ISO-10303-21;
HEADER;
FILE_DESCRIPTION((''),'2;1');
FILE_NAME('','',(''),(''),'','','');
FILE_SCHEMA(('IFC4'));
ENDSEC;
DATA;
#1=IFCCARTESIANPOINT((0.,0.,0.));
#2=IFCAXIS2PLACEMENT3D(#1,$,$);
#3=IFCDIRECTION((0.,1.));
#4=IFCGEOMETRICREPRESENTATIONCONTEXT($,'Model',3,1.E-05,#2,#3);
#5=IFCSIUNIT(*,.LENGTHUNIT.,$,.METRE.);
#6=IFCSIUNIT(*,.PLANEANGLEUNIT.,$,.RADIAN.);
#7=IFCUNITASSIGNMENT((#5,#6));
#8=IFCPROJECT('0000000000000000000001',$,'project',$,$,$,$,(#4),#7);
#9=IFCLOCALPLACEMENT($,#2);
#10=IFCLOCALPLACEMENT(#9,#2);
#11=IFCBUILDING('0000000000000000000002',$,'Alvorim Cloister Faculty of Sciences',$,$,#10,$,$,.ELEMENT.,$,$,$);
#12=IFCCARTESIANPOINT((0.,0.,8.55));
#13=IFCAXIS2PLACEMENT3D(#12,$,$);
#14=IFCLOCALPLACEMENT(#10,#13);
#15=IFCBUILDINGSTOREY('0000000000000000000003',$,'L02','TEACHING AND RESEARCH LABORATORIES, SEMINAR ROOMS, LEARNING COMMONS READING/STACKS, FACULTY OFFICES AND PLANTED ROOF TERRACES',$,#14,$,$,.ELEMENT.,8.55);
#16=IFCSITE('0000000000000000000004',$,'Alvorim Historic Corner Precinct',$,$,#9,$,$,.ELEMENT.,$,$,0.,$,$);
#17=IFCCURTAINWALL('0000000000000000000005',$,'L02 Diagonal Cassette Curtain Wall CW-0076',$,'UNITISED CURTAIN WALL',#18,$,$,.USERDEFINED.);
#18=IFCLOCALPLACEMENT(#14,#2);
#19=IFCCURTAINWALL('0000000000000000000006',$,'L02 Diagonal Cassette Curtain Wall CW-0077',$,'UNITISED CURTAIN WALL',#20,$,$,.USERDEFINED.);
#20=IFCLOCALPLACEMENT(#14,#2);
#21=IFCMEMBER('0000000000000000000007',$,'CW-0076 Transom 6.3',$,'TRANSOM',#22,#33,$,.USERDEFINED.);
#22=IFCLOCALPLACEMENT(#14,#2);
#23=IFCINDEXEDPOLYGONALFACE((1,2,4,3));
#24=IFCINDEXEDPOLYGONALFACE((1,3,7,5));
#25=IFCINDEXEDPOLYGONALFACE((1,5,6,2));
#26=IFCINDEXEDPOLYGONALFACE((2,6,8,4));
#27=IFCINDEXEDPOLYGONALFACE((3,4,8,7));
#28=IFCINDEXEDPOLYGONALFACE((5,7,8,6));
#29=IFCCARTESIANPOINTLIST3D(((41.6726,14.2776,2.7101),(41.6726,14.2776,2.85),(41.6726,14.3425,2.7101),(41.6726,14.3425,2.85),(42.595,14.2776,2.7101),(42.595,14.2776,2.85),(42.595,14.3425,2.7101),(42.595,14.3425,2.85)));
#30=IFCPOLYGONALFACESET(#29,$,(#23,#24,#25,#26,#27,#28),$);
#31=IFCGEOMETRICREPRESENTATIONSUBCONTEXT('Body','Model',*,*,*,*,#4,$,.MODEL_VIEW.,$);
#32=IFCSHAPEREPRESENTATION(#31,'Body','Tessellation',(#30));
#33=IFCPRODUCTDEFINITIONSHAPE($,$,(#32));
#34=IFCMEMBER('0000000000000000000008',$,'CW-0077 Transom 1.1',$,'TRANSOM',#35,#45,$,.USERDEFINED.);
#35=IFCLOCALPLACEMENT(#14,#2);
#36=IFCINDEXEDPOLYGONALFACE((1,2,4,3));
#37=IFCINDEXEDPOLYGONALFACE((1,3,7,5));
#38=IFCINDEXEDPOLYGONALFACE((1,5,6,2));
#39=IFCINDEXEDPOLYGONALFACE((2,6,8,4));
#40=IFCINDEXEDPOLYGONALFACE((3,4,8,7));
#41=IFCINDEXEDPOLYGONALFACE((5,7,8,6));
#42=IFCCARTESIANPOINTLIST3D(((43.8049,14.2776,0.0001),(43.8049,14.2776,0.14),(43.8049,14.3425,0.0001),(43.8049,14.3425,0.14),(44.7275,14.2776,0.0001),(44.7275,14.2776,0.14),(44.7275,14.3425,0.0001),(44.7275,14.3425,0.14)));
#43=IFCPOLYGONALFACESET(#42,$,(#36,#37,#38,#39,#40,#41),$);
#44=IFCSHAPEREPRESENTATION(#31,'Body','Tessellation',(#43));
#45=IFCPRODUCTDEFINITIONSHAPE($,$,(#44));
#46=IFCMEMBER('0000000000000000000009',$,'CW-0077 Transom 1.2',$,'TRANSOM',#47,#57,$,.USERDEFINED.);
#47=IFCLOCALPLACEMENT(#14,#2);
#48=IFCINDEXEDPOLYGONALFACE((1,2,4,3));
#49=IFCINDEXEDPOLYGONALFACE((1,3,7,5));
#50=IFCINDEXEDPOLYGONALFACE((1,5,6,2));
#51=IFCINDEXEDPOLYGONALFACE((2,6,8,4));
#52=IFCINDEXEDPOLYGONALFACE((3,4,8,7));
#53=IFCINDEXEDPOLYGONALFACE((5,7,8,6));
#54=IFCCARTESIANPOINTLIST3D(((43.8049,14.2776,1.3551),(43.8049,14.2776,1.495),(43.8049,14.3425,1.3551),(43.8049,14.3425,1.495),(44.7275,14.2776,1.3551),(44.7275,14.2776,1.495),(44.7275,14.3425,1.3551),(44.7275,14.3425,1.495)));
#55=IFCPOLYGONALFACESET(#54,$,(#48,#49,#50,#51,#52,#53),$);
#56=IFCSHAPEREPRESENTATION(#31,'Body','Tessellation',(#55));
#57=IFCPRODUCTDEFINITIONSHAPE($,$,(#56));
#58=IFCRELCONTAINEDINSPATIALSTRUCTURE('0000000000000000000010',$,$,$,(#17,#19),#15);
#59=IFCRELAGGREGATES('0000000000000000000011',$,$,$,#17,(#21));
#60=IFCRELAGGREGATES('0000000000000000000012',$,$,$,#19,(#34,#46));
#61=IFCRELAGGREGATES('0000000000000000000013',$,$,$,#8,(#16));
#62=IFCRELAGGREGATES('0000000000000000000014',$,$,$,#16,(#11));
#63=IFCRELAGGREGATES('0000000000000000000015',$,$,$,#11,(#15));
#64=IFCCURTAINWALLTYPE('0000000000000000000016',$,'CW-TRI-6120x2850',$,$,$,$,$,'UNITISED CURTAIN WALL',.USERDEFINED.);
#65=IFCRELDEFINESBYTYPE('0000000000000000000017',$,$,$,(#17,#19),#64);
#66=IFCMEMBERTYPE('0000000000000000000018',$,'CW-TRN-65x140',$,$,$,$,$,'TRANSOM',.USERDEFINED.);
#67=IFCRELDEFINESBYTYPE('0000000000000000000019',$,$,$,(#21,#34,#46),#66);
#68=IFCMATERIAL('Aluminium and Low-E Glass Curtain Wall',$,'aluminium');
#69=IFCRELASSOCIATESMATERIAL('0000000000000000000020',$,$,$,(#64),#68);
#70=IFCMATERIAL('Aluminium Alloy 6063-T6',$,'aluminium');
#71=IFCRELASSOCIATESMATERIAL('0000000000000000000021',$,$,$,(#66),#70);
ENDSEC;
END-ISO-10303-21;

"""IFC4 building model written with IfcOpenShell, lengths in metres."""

from ifc_helpers import new_model, si_unit, direction, frame, origin, origin_2d, place, context, subcontext, project, spatial, rectangle, extrude, material, material_profile, profile_set, type_object, element, aggregate, save


model = new_model("IFC4")

# Units and contexts
model_context = context("Model", 3, precision=1e-05, world=origin(), true_north=direction((0.0, 1.0)))
body_context = subcontext(model_context, "Body", "Model", "MODEL_VIEW")
ifc_project = project(units=[si_unit("LENGTHUNIT", "METRE"), si_unit("PLANEANGLEUNIT", "RADIAN")], contexts=[model_context])

# Site, building, storey
site_placement = place(None, origin())
site = spatial("IfcSite", under=ifc_project, at=site_placement, Name="Alvorim Historic Corner Precinct", CompositionType="ELEMENT", RefElevation=0.0)
building_placement = place(site_placement, origin())
building = spatial("IfcBuilding", under=site, at=building_placement, Name="Alvorim Cloister Faculty of Sciences", CompositionType="ELEMENT")
storey_placement = place(building_placement, frame((0.0, 0.0, 8.55)))
storey = spatial("IfcBuildingStorey", under=building, at=storey_placement, Name="L02", Description="TEACHING AND RESEARCH LABORATORIES, SEMINAR ROOMS, LEARNING COMMONS READING/STACKS, FACULTY OFFICES AND PLANTED ROOF TERRACES", CompositionType="ELEMENT", Elevation=8.55)

# Curtain wall
ifc_material_1 = material(Name="Aluminium and Low-E Glass Curtain Wall", Category="aluminium")
curtain_wall_type = type_object("IfcCurtainWallType", Name="CW-TRI-6120x2850", ElementType="UNITISED CURTAIN WALL", PredefinedType="USERDEFINED", material=ifc_material_1)
curtain_wall_1_placement = place(storey_placement, origin())
curtain_wall_1 = element("IfcCurtainWall", 1, at=curtain_wall_1_placement, inside=storey, type_object=curtain_wall_type, Name="L02 Diagonal Cassette Curtain Wall CW-0076", ObjectType="UNITISED CURTAIN WALL", PredefinedType="USERDEFINED")
ifc_material_2 = material(Name="Aluminium Alloy 6063-T6", Category="aluminium")

# Curtain wall
curtain_wall_2_placement = place(storey_placement, origin())
curtain_wall_2 = element("IfcCurtainWall", 2, at=curtain_wall_2_placement, inside=storey, type_object=curtain_wall_type, Name="L02 Diagonal Cassette Curtain Wall CW-0077", ObjectType="UNITISED CURTAIN WALL", PredefinedType="USERDEFINED")

# Members
ifc_material_profile_1 = material_profile(ifc_material_2, rectangle(XDim=0.0649, YDim=0.1399, at=origin_2d()), Name="ALU-TRN-65x140")
ifc_profile_set_1 = profile_set([ifc_material_profile_1], Name="Aluminium Alloy 6063-T6")
member_type_1 = type_object("IfcMemberType", Name="CW-TRN-65x140", ElementType="TRANSOM", PredefinedType="USERDEFINED", material=ifc_profile_set_1)
member_1_placement = place(storey_placement, frame((41.6726, 14.3101, 2.78), z_axis=(1.0, 0.0, 0.0), x_axis=(0.0, 1.0, 0.0)))
member_1 = element("IfcMember", 3, at=member_1_placement, type_object=member_type_1, Name="CW-0076 Transom 6.3", ObjectType="TRANSOM", PredefinedType="USERDEFINED", context=body_context, shape_type="SweptSolid", body=[
    extrude(rectangle(XDim=0.0649, YDim=0.1399, at=origin_2d()), origin(), (0.0, 0.0, 1.0), 0.9224),
])
aggregate(curtain_wall_1, [member_1])
member_2_placement = place(storey_placement, frame((43.8049, 14.3101, 0.0701), z_axis=(1.0, 0.0, 0.0), x_axis=(0.0, 1.0, 0.0)))
member_2 = element("IfcMember", 4, at=member_2_placement, type_object=member_type_1, Name="CW-0077 Transom 1.1", ObjectType="TRANSOM", PredefinedType="USERDEFINED", context=body_context, shape_type="SweptSolid", body=[
    extrude(rectangle(XDim=0.0649, YDim=0.1399, at=origin_2d()), origin(), (0.0, 0.0, 1.0), 0.9226),
])
member_3_placement = place(storey_placement, frame((43.8049, 14.3101, 1.425), z_axis=(1.0, 0.0, 0.0), x_axis=(0.0, 1.0, 0.0)))
member_3 = element("IfcMember", 5, at=member_3_placement, type_object=member_type_1, Name="CW-0077 Transom 1.2", ObjectType="TRANSOM", PredefinedType="USERDEFINED", context=body_context, shape_type="SweptSolid", body=[
    extrude(rectangle(XDim=0.0649, YDim=0.1399, at=origin_2d()), origin(), (0.0, 0.0, 1.0), 0.9226),
])
aggregate(curtain_wall_2, [member_2, member_3])

save(model, "model.ifc")
